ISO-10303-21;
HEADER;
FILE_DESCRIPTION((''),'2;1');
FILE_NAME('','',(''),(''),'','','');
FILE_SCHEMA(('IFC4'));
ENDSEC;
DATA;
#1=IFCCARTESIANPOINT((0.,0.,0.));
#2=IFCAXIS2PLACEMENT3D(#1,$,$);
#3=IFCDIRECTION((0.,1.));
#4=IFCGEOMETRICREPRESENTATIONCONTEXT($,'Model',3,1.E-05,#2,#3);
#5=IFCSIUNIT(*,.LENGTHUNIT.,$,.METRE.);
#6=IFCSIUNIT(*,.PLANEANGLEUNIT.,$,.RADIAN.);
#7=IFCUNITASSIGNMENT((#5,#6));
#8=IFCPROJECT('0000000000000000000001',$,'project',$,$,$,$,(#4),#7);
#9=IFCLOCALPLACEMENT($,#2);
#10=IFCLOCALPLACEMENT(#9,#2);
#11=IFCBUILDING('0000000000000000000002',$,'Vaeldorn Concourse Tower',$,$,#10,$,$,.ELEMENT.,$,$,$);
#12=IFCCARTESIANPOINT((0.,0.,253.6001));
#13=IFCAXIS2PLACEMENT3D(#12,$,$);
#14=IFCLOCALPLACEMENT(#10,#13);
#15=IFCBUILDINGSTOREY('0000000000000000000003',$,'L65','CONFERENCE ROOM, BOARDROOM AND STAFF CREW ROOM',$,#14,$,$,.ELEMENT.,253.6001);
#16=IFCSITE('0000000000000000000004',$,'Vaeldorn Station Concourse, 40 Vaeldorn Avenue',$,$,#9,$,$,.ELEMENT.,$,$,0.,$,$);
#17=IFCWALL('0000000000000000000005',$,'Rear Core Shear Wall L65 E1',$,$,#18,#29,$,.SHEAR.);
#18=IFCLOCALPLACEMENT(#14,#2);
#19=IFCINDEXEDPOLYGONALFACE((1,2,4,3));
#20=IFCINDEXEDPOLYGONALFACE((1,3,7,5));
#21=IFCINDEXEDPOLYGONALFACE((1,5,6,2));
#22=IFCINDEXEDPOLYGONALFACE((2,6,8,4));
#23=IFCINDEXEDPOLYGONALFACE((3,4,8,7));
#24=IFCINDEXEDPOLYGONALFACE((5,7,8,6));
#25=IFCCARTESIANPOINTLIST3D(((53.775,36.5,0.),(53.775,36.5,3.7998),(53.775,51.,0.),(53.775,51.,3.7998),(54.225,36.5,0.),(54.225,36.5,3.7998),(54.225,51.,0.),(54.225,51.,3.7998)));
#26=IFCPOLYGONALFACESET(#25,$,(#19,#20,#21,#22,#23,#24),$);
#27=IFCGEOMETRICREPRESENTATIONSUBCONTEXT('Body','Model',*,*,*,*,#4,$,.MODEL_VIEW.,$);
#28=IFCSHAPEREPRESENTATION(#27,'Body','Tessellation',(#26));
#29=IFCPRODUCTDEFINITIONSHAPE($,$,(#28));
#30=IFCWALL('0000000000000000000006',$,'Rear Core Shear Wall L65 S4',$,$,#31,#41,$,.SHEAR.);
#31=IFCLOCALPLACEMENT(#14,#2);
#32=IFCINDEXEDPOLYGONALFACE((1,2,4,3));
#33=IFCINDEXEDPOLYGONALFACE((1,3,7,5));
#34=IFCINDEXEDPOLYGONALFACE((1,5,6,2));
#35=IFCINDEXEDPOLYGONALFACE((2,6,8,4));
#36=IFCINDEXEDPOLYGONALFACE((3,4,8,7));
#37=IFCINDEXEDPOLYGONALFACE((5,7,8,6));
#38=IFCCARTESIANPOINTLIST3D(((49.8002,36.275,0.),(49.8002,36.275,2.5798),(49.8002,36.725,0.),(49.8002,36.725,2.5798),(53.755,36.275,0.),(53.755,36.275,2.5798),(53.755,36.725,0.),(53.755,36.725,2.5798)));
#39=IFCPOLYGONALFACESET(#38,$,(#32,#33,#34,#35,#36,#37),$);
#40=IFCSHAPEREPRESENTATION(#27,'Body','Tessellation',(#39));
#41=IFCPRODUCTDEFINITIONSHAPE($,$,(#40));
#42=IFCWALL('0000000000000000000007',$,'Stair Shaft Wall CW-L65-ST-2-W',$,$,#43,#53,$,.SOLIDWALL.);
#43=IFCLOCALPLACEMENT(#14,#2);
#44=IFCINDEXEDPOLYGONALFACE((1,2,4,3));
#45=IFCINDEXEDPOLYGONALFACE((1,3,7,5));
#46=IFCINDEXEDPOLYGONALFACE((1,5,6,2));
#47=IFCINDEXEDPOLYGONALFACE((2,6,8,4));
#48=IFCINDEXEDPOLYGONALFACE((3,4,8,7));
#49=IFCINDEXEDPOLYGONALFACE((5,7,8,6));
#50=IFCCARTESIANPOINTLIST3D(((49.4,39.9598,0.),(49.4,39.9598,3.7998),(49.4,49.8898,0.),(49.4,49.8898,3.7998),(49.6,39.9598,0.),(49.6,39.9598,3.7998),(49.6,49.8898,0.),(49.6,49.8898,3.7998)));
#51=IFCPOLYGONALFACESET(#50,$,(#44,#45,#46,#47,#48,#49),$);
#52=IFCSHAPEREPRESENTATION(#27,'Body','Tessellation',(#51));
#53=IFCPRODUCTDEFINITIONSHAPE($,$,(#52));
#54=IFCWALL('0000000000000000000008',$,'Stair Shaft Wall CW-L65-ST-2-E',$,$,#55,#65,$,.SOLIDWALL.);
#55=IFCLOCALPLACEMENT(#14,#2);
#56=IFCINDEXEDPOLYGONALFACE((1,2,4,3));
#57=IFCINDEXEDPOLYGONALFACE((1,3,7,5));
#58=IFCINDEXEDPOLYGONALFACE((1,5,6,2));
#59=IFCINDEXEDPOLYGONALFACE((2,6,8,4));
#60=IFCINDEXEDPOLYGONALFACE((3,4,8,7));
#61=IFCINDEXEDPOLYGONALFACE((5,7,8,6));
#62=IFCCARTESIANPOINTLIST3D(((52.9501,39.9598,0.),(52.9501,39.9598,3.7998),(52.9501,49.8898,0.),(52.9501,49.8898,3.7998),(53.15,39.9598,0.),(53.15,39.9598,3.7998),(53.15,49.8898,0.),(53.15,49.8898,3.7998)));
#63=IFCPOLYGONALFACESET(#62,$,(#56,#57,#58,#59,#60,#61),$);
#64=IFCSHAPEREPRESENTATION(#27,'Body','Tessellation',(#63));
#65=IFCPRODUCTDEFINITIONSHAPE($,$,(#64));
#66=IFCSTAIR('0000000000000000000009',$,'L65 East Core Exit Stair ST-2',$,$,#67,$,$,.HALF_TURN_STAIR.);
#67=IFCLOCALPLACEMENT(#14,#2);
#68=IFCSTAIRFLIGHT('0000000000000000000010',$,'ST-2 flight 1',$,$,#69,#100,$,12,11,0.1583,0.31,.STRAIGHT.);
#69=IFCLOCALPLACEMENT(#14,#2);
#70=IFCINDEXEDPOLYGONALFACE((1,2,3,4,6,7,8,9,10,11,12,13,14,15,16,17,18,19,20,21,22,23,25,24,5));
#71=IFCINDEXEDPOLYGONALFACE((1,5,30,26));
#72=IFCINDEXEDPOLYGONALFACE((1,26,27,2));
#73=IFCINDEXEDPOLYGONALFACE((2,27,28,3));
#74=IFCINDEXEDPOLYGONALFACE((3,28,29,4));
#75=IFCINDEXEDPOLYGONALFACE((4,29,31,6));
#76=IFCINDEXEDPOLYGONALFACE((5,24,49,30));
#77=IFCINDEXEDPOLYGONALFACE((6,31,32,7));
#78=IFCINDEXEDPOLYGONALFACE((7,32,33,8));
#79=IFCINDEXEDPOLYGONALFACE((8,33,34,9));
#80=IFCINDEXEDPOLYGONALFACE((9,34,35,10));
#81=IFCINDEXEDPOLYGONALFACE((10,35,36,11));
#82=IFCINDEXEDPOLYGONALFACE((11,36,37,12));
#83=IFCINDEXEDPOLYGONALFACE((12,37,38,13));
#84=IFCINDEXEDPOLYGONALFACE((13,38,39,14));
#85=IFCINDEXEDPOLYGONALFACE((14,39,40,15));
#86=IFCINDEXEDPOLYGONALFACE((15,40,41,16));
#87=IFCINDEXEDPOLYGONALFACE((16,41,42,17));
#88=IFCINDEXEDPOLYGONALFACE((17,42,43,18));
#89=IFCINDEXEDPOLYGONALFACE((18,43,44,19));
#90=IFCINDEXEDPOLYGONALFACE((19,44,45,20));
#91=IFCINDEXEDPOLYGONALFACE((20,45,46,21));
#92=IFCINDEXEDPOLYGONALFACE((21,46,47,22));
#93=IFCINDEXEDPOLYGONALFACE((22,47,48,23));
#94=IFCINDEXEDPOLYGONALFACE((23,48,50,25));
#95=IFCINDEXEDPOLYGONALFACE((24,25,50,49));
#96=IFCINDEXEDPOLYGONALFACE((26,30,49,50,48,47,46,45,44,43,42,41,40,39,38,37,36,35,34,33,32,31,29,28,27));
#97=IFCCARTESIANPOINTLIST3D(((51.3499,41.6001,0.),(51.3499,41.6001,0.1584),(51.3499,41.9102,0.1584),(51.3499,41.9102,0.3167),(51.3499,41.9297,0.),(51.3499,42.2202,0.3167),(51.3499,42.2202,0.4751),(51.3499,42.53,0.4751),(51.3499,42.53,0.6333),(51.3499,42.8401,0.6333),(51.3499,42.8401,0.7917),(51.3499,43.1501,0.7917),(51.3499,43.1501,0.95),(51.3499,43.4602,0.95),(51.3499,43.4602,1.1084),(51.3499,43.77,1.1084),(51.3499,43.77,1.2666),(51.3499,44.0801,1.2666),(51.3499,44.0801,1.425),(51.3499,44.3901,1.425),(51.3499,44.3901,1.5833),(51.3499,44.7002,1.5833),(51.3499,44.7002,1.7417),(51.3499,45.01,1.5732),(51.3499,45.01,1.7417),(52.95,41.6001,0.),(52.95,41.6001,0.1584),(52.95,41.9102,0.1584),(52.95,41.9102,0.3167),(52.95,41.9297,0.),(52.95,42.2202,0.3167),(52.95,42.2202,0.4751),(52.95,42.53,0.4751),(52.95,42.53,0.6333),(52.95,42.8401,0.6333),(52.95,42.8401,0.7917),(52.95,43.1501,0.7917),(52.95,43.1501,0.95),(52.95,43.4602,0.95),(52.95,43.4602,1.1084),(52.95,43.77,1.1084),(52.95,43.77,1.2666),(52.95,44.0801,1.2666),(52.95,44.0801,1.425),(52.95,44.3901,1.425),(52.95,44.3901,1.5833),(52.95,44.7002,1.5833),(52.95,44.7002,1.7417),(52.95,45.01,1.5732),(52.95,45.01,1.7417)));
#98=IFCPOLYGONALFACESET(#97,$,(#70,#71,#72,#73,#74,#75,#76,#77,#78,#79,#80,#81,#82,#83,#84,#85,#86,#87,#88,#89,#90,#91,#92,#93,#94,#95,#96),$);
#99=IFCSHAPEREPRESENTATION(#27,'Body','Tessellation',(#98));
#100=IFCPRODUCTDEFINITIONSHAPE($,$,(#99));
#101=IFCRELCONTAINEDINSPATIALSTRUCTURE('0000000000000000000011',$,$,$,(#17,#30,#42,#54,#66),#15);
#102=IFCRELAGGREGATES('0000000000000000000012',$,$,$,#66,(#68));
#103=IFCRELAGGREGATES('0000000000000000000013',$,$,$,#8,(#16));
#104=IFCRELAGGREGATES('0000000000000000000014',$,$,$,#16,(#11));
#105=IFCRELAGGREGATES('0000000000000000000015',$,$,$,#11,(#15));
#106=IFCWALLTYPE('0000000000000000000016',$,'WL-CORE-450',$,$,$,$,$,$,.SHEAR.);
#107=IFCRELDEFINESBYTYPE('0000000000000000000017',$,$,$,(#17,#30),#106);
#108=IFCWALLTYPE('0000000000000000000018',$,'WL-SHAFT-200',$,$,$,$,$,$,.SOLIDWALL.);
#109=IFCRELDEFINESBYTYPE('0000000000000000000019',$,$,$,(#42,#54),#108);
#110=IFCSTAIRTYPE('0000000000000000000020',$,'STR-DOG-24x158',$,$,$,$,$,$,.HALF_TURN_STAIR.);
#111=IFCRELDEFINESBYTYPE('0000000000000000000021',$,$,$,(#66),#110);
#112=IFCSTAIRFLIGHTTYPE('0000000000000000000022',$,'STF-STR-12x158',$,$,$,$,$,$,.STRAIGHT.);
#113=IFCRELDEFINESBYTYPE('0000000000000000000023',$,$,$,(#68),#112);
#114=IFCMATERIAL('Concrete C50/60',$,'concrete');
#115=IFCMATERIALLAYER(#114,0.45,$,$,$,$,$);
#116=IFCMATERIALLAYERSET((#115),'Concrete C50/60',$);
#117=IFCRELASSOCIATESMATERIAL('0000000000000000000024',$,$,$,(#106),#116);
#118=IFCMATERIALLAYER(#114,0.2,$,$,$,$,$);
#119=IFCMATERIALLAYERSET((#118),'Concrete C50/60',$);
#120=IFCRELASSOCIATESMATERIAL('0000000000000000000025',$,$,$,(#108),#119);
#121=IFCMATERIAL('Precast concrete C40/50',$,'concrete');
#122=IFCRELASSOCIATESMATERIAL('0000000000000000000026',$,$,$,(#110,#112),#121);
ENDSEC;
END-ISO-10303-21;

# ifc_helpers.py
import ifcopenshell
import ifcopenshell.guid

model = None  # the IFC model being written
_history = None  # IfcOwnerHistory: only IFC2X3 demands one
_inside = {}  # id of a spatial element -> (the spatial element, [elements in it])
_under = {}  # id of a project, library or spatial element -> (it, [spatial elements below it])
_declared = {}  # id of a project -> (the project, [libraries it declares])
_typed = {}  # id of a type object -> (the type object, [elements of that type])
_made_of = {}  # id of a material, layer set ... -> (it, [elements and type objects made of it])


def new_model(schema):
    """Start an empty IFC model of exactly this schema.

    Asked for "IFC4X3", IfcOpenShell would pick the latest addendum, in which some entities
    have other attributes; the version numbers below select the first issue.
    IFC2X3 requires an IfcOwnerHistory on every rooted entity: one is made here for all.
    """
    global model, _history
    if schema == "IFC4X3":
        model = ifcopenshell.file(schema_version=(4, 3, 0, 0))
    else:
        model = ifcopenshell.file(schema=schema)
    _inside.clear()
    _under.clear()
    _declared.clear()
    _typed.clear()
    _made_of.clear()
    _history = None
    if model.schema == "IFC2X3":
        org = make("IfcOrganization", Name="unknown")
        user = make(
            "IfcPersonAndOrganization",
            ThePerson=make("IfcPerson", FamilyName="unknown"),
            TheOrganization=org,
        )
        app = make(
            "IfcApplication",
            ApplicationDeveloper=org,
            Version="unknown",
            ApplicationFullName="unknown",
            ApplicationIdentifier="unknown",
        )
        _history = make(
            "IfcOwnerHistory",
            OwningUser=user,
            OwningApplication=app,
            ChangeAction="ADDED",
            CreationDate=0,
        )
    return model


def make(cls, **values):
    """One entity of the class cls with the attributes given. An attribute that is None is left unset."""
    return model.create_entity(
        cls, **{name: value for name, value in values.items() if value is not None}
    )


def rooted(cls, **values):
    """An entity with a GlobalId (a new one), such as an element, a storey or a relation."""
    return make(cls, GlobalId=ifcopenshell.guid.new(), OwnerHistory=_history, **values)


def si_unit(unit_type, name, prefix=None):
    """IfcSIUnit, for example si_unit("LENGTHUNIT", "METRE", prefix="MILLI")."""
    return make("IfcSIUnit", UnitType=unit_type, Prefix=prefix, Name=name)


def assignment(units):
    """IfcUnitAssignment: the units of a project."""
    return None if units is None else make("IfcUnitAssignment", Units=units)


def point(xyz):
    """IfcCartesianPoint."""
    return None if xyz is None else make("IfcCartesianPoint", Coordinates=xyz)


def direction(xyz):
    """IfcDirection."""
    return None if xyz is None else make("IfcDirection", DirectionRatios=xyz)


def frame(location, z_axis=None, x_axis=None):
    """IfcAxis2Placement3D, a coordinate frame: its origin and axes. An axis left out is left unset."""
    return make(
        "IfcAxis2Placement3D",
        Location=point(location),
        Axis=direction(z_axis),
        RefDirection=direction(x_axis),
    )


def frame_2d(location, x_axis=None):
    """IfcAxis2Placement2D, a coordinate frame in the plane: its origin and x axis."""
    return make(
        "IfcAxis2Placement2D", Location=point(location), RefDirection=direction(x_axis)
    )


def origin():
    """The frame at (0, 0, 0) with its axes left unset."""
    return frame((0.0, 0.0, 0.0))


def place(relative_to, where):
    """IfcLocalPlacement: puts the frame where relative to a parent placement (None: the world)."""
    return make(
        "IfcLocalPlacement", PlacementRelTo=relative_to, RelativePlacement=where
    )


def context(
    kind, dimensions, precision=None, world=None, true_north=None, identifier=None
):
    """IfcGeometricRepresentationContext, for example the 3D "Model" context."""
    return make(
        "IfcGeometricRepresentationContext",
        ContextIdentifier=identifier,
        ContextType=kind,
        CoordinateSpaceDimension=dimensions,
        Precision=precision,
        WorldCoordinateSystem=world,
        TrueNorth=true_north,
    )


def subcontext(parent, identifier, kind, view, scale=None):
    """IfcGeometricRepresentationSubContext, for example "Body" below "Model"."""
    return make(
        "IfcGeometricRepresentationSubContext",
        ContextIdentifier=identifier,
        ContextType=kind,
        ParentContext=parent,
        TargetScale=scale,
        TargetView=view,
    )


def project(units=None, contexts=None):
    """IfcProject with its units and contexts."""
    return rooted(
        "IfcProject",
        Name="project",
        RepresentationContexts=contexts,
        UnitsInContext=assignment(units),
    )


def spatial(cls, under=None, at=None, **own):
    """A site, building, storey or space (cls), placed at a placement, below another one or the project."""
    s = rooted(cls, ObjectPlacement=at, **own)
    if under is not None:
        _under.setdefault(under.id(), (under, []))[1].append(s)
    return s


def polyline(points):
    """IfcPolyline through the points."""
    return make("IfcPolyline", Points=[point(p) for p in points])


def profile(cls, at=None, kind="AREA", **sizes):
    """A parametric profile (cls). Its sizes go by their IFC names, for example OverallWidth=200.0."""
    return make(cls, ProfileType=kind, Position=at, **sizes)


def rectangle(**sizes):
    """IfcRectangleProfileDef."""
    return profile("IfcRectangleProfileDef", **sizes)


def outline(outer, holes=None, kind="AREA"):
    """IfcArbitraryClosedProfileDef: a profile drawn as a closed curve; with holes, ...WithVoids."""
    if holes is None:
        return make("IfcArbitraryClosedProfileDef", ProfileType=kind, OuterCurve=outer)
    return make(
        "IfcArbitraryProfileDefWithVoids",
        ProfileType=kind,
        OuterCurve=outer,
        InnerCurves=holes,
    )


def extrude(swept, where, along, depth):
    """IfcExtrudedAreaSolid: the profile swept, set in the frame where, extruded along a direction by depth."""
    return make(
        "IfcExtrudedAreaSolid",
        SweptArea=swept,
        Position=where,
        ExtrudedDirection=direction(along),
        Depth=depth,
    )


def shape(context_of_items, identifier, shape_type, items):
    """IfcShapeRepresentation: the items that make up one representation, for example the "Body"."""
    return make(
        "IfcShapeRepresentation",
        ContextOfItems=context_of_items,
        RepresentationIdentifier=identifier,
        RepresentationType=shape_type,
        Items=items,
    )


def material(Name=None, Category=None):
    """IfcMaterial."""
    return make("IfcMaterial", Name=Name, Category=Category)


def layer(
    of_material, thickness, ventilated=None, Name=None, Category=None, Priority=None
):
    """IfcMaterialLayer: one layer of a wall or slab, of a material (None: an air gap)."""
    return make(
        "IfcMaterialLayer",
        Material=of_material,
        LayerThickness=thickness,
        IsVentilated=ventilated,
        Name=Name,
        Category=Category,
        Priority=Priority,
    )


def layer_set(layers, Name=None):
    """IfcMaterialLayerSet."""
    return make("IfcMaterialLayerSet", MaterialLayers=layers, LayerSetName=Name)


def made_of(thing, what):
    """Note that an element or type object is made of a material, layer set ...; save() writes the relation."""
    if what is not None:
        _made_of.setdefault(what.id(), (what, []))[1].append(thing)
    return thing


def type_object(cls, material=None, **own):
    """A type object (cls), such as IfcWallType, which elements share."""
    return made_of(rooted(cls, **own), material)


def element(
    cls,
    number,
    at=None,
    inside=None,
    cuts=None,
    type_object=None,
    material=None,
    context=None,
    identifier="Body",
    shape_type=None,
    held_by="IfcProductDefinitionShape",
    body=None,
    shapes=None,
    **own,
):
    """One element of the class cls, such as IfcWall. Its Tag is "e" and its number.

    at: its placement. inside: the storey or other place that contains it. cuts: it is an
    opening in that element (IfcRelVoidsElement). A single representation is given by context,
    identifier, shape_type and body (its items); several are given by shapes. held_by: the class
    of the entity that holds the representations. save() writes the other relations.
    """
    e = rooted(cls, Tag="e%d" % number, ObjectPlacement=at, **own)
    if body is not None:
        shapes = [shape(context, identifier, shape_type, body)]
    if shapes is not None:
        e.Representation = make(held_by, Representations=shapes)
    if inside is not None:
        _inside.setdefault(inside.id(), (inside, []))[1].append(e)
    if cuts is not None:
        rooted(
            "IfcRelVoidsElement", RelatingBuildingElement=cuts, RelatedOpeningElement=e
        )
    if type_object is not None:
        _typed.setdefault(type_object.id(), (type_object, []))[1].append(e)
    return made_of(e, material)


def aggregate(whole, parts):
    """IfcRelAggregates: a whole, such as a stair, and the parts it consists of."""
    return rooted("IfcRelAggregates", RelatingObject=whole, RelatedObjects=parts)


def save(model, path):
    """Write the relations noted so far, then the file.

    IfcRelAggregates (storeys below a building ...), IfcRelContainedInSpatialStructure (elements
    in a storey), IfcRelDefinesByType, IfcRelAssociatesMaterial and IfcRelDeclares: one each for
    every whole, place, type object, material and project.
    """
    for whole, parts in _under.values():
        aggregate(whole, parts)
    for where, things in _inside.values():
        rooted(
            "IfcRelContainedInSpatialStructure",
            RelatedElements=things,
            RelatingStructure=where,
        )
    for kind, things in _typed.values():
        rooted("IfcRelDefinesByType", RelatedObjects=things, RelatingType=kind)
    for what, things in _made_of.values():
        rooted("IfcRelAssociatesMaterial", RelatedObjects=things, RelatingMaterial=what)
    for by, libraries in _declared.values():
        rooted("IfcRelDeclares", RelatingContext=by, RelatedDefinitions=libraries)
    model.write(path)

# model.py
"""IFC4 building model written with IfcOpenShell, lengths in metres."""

from ifc_helpers import new_model, si_unit, direction, frame, frame_2d, origin, place, context, subcontext, project, spatial, polyline, rectangle, outline, extrude, material, layer, layer_set, type_object, element, aggregate, save


model = new_model("IFC4")

# Units and contexts
model_context = context("Model", 3, precision=1e-05, world=origin(), true_north=direction((0.0, 1.0)))
body_context = subcontext(model_context, "Body", "Model", "MODEL_VIEW")
ifc_project = project(units=[si_unit("LENGTHUNIT", "METRE"), si_unit("PLANEANGLEUNIT", "RADIAN")], contexts=[model_context])

# Site, building, storey
site_placement = place(None, origin())
site = spatial("IfcSite", under=ifc_project, at=site_placement, Name="Vaeldorn Station Concourse, 40 Vaeldorn Avenue", CompositionType="ELEMENT", RefElevation=0.0)
building_placement = place(site_placement, origin())
building = spatial("IfcBuilding", under=site, at=building_placement, Name="Vaeldorn Concourse Tower", CompositionType="ELEMENT")
storey_placement = place(building_placement, frame((0.0, 0.0, 253.6001)))
storey = spatial("IfcBuildingStorey", under=building, at=storey_placement, Name="L65", Description="CONFERENCE ROOM, BOARDROOM AND STAFF CREW ROOM", CompositionType="ELEMENT", Elevation=253.6001)

# Shared definitions
ifc_material_1 = material(Name="Concrete C50/60", Category="concrete")

# Walls
ifc_layer_1 = layer(ifc_material_1, 0.45)
ifc_layer_set_1 = layer_set([ifc_layer_1], Name="Concrete C50/60")
wall_type_1 = type_object("IfcWallType", Name="WL-CORE-450", PredefinedType="SHEAR", material=ifc_layer_set_1)
wall_1_placement = place(storey_placement, frame((54.0, 36.5, 0.0), z_axis=(0.0, 0.0, 1.0), x_axis=(0.0, 1.0, 0.0)))
element("IfcWall", 1, at=wall_1_placement, inside=storey, type_object=wall_type_1, Name="Rear Core Shear Wall L65 E1", PredefinedType="SHEAR", context=body_context, shape_type="SweptSolid", body=[
    extrude(rectangle(XDim=14.5, YDim=0.45, at=frame_2d((7.25, 0.0))), origin(), (0.0, 0.0, 1.0), 3.7998),
])
wall_2_placement = place(storey_placement, frame((49.8, 36.5, 0.0), z_axis=(0.0, 0.0, 1.0), x_axis=(1.0, 0.0, 0.0)))
element("IfcWall", 2, at=wall_2_placement, inside=storey, type_object=wall_type_1, Name="Rear Core Shear Wall L65 S4", PredefinedType="SHEAR", context=body_context, shape_type="SweptSolid", body=[
    extrude(rectangle(XDim=3.9548, YDim=0.45, at=frame_2d((1.9775, 0.0))), origin(), (0.0, 0.0, 1.0), 2.5798),
])
ifc_layer_2 = layer(ifc_material_1, 0.2)
ifc_layer_set_2 = layer_set([ifc_layer_2], Name="Concrete C50/60")
wall_type_2 = type_object("IfcWallType", Name="WL-SHAFT-200", PredefinedType="SOLIDWALL", material=ifc_layer_set_2)
for number, where, z_axis, x_axis, name in (
    (3, (49.5, 39.96, 0.0), (0.0, 0.0, 1.0), (0.0, 1.0, 0.0), "Stair Shaft Wall CW-L65-ST-2-W"),
    (4, (53.05, 39.96, 0.0), (0.0, 0.0, 1.0), (0.0, 1.0, 0.0), "Stair Shaft Wall CW-L65-ST-2-E"),
):
    element("IfcWall", number, at=place(storey_placement, frame(where, z_axis=z_axis, x_axis=x_axis)), inside=storey, type_object=wall_type_2, Name=name, PredefinedType="SOLIDWALL", context=body_context, shape_type="SweptSolid", body=[
        extrude(rectangle(XDim=9.9299, YDim=0.2, at=frame_2d((4.9648, 0.0))), origin(), (0.0, 0.0, 1.0), 3.7998),
    ])

# Stair, stair flight
ifc_material_2 = material(Name="Precast concrete C40/50", Category="concrete")
stair_type = type_object("IfcStairType", Name="STR-DOG-24x158", PredefinedType="HALF_TURN_STAIR", material=ifc_material_2)
stair_placement = place(storey_placement, origin())
stair = element("IfcStair", 5, at=stair_placement, inside=storey, type_object=stair_type, Name="L65 East Core Exit Stair ST-2", PredefinedType="HALF_TURN_STAIR")
stair_flight_type = type_object("IfcStairFlightType", Name="STF-STR-12x158", PredefinedType="STRAIGHT", material=ifc_material_2)
stair_flight_placement = place(storey_placement, frame((52.1499, 41.6001, 0.0), z_axis=(0.0, 0.0, 1.0), x_axis=(0.0, 1.0, 0.0)))
stair_flight = element("IfcStairFlight", 6, at=stair_flight_placement, type_object=stair_flight_type, Name="ST-2 flight 1", NumberOfRisers=12, NumberOfTreads=11, PredefinedType="STRAIGHT", RiserHeight=0.1583, TreadLength=0.31, context=body_context, shape_type="SweptSolid", body=[
    extrude(outline(polyline([(0.0, 0.0), (0.0, 0.1584), (0.3101, 0.1584), (0.3101, 0.3167), (0.6201, 0.3167), (0.6201, 0.4751), (0.9299, 0.4751), (0.9299, 0.6333), (1.24, 0.6333), (1.24, 0.7917), (1.55, 0.7917), (1.55, 0.95), (1.8601, 0.95), (1.8601, 1.1084), (2.1699, 1.1084), (2.1699, 1.2666), (2.48, 1.2666), (2.48, 1.425), (2.79, 1.425), (2.79, 1.5833), (3.1001, 1.5833), (3.1001, 1.7417), (3.4099, 1.7417), (3.4099, 1.8999), (3.4099, 1.5732), (0.3296, 0.0), (0.0, 0.0)])), frame((0.0, 0.8, 0.0), z_axis=(0.0, -1.0, 0.0), x_axis=(1.0, 0.0, 0.0)), (0.0, 0.0, 1.0), 1.6001),
])
aggregate(stair, [stair_flight])

save(model, "model.ifc")
